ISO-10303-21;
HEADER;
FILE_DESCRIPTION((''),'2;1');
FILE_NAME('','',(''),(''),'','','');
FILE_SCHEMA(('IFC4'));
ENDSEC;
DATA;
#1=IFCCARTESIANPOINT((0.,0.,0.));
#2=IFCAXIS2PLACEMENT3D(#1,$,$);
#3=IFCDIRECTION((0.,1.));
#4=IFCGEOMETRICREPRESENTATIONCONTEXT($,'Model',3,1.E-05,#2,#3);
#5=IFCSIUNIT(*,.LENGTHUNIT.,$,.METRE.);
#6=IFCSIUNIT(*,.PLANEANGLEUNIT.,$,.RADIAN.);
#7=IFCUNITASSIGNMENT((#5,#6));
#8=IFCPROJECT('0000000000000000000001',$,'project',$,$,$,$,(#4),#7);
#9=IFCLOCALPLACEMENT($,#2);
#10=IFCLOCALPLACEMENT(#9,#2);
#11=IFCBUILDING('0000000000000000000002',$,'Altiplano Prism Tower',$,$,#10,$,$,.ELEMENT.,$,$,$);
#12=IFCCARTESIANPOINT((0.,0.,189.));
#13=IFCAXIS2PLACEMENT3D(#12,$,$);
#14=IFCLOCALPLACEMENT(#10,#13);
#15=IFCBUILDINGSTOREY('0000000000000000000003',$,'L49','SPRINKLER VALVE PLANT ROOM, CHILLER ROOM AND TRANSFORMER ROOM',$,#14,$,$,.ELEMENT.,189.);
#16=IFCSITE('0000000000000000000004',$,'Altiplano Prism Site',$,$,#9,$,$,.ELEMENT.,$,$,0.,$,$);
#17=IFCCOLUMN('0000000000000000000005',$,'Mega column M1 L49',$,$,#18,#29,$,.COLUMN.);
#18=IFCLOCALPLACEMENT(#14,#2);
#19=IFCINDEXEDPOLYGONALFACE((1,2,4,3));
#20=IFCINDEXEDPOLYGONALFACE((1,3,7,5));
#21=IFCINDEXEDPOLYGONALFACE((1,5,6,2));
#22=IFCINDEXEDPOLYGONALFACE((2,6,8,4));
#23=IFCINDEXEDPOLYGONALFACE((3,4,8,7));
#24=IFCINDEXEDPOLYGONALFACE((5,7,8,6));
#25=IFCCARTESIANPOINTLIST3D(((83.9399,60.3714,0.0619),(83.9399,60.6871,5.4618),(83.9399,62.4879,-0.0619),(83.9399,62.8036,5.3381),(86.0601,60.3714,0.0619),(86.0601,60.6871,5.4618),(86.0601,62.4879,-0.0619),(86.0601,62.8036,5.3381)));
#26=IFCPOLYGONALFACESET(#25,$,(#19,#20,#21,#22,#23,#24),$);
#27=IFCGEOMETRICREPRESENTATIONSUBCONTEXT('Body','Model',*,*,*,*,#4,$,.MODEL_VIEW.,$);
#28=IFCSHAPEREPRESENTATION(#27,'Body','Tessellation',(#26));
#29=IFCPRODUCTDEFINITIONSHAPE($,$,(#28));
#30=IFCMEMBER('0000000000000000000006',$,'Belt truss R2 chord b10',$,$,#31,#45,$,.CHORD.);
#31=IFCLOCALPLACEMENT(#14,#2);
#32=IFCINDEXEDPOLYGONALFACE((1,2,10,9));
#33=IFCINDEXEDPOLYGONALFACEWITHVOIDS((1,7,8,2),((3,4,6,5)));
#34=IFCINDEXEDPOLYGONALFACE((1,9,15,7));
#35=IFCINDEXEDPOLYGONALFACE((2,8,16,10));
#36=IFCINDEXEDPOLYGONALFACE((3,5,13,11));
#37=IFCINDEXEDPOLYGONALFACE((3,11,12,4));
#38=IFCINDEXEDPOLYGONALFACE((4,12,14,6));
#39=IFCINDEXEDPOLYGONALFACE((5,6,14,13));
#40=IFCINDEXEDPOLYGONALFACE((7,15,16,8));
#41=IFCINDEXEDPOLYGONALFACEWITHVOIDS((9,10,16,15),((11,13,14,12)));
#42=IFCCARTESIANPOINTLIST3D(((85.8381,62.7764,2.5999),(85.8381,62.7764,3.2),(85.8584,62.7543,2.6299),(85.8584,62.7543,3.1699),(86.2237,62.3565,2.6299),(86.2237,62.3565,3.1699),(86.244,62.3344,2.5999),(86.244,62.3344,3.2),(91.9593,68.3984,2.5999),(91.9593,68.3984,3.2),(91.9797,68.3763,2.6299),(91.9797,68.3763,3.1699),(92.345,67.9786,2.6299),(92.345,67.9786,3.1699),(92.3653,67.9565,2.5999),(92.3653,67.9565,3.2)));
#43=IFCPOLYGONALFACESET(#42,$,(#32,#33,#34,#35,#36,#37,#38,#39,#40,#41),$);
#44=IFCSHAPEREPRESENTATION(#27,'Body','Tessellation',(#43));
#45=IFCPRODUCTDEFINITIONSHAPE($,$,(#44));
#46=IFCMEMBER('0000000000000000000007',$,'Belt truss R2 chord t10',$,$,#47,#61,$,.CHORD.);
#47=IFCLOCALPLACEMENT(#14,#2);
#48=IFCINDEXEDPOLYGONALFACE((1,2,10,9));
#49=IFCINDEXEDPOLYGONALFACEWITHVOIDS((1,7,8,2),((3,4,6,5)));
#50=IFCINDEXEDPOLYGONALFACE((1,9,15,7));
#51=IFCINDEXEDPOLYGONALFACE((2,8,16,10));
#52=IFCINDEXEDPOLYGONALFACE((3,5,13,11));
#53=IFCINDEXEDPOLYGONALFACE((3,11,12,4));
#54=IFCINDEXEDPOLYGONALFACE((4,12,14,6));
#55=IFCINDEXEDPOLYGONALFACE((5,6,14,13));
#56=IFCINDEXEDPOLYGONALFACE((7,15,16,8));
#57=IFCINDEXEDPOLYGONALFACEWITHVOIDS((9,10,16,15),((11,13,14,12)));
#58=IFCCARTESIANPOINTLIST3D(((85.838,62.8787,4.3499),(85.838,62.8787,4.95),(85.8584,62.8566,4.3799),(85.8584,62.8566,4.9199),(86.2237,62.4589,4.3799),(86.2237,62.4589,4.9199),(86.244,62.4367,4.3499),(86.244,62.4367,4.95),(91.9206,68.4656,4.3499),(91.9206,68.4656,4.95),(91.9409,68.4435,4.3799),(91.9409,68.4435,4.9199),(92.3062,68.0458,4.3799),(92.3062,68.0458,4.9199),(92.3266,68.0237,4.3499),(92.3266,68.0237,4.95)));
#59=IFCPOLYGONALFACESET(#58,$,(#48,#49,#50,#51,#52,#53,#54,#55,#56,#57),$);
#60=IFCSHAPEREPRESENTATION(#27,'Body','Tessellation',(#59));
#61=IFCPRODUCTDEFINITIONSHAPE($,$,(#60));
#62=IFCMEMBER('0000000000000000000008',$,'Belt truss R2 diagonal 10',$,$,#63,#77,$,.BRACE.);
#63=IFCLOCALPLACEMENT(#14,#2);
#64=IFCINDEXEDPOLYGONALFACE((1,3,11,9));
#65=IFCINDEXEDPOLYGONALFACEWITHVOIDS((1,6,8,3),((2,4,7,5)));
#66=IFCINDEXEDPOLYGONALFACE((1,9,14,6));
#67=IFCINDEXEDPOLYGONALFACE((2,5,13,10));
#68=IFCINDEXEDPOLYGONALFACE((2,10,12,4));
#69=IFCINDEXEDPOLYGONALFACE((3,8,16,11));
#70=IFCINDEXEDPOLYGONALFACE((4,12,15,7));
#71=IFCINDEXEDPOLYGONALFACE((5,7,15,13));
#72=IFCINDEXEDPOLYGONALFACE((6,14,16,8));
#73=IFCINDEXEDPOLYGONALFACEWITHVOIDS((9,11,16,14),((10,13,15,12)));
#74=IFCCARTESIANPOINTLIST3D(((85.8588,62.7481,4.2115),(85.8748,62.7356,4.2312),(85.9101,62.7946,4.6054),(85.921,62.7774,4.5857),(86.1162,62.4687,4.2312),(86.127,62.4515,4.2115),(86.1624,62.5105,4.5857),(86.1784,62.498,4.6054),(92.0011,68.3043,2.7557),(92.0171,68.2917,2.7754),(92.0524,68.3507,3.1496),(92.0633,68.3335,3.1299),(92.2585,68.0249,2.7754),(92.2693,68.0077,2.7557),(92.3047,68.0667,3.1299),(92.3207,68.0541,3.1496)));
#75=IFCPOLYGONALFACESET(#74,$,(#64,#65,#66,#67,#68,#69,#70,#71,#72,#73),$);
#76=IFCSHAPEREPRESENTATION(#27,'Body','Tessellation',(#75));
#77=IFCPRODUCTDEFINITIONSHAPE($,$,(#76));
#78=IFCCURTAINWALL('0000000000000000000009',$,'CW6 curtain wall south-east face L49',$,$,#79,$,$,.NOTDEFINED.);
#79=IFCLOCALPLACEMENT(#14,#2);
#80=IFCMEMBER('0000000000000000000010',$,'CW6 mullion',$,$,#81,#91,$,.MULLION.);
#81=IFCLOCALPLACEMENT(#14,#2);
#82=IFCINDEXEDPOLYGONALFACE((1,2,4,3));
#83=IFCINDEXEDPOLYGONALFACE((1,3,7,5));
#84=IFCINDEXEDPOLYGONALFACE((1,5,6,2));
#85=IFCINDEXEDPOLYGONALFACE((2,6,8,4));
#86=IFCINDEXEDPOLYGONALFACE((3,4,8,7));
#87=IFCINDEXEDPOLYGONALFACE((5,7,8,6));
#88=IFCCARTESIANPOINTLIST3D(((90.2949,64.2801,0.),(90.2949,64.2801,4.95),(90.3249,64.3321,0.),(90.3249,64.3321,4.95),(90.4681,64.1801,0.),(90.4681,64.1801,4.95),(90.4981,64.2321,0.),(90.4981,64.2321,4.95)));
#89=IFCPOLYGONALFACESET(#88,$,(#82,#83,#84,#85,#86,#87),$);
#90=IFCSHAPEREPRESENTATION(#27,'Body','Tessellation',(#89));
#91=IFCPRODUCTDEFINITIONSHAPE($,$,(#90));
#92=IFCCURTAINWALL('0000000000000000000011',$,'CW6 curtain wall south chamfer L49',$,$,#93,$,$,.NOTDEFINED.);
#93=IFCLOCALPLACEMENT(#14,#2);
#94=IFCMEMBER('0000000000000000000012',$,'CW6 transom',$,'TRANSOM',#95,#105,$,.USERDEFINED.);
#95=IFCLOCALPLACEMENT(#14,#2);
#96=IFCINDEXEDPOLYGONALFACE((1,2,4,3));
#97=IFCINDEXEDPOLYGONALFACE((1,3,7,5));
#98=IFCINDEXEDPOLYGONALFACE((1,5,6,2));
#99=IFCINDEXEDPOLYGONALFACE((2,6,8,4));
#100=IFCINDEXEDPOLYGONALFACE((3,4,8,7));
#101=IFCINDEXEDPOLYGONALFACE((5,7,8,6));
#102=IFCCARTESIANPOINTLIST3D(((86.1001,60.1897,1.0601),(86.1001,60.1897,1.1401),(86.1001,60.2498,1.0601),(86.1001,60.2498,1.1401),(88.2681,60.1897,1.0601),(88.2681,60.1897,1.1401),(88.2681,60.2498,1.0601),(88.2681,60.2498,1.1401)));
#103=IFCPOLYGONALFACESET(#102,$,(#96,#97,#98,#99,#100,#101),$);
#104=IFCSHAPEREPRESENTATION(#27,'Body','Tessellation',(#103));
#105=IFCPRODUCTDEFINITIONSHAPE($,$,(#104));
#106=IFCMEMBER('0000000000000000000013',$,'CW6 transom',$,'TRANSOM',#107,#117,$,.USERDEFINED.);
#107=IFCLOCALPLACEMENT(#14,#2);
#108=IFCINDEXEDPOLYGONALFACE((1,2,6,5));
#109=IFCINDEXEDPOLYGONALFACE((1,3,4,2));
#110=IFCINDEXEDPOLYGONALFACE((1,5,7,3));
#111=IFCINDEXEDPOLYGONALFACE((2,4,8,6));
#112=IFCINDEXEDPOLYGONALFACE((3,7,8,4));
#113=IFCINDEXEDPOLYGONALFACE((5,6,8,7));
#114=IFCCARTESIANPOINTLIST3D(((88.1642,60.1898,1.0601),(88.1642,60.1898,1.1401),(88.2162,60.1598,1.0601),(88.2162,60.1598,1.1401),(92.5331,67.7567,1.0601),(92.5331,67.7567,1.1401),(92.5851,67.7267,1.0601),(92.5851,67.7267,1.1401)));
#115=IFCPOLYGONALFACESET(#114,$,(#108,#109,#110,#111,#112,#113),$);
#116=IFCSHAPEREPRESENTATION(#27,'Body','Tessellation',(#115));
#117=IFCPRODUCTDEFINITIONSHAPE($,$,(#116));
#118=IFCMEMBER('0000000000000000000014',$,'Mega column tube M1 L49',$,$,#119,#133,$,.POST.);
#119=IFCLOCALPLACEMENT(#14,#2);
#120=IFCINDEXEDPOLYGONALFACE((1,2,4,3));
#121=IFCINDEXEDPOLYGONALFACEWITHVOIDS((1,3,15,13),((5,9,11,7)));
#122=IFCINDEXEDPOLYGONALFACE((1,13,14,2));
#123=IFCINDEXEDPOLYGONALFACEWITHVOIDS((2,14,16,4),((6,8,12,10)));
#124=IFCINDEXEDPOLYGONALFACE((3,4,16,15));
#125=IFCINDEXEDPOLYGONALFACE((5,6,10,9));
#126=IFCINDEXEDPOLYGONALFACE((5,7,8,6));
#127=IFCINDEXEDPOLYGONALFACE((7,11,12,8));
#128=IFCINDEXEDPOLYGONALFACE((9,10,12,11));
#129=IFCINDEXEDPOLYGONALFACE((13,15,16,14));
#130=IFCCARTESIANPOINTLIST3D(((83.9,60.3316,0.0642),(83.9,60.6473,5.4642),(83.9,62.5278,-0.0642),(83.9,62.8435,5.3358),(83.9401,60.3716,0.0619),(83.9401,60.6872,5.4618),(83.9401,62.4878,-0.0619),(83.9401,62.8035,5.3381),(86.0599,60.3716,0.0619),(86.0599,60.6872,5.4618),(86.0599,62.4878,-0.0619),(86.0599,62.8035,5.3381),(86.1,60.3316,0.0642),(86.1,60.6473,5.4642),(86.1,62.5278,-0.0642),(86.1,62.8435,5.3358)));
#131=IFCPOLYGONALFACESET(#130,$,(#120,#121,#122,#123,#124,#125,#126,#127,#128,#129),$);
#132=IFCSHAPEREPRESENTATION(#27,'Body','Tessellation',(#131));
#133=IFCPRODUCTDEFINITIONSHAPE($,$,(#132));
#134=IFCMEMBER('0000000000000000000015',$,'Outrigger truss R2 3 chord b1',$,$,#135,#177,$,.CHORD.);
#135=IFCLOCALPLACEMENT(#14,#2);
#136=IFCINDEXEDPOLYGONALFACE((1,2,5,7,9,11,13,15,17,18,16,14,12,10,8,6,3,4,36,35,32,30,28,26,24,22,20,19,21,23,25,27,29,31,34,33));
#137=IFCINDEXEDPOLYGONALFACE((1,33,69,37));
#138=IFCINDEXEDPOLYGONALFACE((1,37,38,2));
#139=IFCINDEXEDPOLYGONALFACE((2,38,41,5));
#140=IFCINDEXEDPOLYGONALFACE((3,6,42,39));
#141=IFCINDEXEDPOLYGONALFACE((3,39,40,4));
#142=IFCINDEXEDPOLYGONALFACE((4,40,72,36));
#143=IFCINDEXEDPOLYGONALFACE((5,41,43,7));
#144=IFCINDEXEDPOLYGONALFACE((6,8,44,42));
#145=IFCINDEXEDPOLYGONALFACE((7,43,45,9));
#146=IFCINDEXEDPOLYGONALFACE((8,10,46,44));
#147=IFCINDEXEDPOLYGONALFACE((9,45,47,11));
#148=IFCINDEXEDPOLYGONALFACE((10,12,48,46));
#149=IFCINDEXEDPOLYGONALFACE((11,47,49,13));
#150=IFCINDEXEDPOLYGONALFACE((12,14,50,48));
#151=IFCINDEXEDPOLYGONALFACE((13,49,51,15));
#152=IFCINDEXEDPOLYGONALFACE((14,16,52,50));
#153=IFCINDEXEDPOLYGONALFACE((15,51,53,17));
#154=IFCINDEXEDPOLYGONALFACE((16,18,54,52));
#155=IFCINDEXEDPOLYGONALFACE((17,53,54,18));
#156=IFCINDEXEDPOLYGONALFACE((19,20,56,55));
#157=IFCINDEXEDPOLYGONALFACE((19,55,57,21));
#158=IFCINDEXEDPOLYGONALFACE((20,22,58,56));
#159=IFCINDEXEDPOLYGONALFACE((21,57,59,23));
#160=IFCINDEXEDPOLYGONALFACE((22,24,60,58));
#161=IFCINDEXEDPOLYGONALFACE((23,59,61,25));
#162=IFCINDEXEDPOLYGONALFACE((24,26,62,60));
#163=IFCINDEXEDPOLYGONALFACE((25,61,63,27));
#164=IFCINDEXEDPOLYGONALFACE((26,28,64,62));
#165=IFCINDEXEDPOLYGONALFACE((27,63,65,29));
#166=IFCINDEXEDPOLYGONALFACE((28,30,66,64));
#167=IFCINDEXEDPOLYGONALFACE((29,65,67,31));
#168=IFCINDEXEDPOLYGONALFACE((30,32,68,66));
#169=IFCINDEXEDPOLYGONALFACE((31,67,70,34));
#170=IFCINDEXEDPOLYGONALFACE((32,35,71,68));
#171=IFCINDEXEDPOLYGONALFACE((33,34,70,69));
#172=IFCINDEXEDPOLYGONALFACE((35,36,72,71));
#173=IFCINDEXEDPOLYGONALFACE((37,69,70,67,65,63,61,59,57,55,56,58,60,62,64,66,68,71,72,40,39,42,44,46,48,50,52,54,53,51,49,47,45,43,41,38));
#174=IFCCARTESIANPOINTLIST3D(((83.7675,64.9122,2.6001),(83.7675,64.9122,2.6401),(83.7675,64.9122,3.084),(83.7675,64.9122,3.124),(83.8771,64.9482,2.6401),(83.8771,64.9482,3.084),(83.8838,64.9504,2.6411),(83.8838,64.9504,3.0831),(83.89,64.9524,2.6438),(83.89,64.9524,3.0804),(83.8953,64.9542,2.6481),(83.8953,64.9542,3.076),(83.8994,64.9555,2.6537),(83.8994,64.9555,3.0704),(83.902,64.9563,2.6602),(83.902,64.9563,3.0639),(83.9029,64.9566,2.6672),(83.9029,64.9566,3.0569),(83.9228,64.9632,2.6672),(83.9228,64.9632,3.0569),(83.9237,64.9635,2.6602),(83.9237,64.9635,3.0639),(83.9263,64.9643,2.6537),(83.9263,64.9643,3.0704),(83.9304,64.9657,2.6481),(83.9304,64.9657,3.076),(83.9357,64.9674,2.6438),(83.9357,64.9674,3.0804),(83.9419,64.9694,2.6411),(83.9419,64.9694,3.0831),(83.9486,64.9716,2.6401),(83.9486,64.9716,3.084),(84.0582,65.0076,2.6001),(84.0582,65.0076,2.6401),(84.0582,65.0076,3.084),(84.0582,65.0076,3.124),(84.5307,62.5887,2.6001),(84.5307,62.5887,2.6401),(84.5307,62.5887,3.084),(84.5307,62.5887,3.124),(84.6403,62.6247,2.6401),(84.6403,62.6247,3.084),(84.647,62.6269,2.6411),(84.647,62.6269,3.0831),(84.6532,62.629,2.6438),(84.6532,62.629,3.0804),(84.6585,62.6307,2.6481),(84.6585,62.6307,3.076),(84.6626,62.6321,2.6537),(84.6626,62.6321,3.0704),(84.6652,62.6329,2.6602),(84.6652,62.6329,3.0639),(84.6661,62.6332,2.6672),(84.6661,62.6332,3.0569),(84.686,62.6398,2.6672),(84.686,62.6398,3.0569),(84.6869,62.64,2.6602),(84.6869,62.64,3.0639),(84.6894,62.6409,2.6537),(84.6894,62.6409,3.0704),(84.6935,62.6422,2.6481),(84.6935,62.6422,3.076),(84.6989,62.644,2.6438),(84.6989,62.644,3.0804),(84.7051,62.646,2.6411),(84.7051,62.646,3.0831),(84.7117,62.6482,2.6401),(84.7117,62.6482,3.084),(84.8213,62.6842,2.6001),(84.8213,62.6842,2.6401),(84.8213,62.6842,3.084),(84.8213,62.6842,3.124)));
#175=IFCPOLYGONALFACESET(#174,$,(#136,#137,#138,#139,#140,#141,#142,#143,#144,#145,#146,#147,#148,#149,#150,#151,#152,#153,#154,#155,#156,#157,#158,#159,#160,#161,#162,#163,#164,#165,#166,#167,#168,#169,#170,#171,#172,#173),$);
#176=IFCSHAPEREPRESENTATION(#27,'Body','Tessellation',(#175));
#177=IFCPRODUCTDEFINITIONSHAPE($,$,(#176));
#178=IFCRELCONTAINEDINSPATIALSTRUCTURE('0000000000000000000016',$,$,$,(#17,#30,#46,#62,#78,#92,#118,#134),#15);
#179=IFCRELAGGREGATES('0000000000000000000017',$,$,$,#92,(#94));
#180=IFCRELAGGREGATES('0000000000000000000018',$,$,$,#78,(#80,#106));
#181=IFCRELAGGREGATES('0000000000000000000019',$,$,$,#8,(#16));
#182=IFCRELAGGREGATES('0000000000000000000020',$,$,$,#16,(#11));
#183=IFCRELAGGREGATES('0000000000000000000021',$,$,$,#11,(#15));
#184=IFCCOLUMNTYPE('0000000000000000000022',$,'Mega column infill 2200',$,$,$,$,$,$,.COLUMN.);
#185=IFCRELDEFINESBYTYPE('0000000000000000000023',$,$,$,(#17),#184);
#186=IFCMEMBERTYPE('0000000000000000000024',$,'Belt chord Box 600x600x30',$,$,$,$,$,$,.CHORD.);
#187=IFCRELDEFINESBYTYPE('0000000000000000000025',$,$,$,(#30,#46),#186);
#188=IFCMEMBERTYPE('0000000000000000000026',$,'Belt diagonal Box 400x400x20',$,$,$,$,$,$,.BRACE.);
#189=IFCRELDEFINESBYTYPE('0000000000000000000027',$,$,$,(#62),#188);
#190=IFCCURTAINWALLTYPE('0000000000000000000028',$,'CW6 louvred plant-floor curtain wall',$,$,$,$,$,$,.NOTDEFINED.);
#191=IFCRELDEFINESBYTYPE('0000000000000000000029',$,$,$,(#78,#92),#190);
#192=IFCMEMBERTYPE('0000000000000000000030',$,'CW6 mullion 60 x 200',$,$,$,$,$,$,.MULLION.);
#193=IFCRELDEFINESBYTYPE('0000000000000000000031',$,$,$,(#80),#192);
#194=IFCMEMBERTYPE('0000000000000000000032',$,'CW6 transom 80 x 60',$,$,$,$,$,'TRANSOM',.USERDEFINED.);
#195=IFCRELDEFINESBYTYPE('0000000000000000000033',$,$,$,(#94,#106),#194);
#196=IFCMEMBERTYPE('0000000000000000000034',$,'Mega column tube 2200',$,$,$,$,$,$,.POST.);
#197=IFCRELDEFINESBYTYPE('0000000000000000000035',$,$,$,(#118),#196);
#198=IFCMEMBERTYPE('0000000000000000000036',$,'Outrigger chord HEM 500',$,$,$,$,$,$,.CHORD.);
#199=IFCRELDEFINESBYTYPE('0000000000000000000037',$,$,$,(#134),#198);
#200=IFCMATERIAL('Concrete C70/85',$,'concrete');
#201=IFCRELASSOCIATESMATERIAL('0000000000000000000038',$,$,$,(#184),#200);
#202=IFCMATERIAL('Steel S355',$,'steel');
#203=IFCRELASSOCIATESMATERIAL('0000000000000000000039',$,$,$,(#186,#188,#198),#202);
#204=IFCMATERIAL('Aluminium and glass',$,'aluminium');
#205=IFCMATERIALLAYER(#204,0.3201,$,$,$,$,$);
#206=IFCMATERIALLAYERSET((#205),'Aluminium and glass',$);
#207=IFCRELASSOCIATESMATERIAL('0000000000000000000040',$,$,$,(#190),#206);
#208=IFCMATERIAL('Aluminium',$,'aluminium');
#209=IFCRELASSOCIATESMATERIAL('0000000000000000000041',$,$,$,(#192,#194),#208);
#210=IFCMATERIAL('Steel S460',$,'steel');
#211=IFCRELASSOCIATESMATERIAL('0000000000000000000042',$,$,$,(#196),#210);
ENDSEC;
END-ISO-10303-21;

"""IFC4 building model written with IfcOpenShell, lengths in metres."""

from ifc_helpers import new_model, si_unit, direction, frame, origin, origin_2d, place, context, subcontext, project, spatial, rectangle, hollow_rectangle, i_section, extrude, material, layer, layer_set, material_profile, profile_set, type_object, element, aggregate, save


model = new_model("IFC4")

# Units and contexts
model_context = context("Model", 3, precision=1e-05, world=origin(), true_north=direction((0.0, 1.0)))
body_context = subcontext(model_context, "Body", "Model", "MODEL_VIEW")
ifc_project = project(units=[si_unit("LENGTHUNIT", "METRE"), si_unit("PLANEANGLEUNIT", "RADIAN")], contexts=[model_context])

# Site, building, storey
site_placement = place(None, origin())
site = spatial("IfcSite", under=ifc_project, at=site_placement, Name="Altiplano Prism Site", CompositionType="ELEMENT", RefElevation=0.0)
building_placement = place(site_placement, origin())
building = spatial("IfcBuilding", under=site, at=building_placement, Name="Altiplano Prism Tower", CompositionType="ELEMENT")
storey_placement = place(building_placement, frame((0.0, 0.0, 189.0)))
storey = spatial("IfcBuildingStorey", under=building, at=storey_placement, Name="L49", Description="SPRINKLER VALVE PLANT ROOM, CHILLER ROOM AND TRANSFORMER ROOM", CompositionType="ELEMENT", Elevation=189.0)

# Column
ifc_material_1 = material(Name="Concrete C70/85", Category="concrete")
ifc_material_profile_1 = material_profile(ifc_material_1, rectangle(XDim=2.1201, YDim=2.1201, at=origin_2d()), Name="Mega column infill 2200")
ifc_profile_set_1 = profile_set([ifc_material_profile_1], Name="Concrete C70/85")
column_type = type_object("IfcColumnType", Name="Mega column infill 2200", PredefinedType="COLUMN", material=ifc_profile_set_1)
column_placement = place(storey_placement, frame((85.0, 61.4297, 0.0), z_axis=(0.0, 0.05836, 0.998296), x_axis=(-1.0, 0.0, 0.0)))
element("IfcColumn", 1, at=column_placement, inside=storey, type_object=column_type, Name="Mega column M1 L49", PredefinedType="COLUMN", context=body_context, shape_type="SweptSolid", body=[
    extrude(rectangle(XDim=2.1201, YDim=2.1201, at=origin_2d()), origin(), (0.0, 0.0, 1.0), 5.4092),
])

# Members
ifc_material_2 = material(Name="Steel S355", Category="steel")
ifc_material_profile_2 = material_profile(ifc_material_2, hollow_rectangle(XDim=0.6001, YDim=0.6001, WallThickness=0.03, at=origin_2d()), Name="Belt chord Box 600x600x30")
ifc_profile_set_2 = profile_set([ifc_material_profile_2], Name="Steel S355")
member_type_1 = type_object("IfcMemberType", Name="Belt chord Box 600x600x30", PredefinedType="CHORD", material=ifc_profile_set_2)
member_1_placement = place(storey_placement, frame((86.041, 62.5554, 2.8999), z_axis=(0.736504, 0.676433, 0.0), x_axis=(-0.676433, 0.736504, 0.0)))
element("IfcMember", 2, at=member_1_placement, inside=storey, type_object=member_type_1, Name="Belt truss R2 chord b10", PredefinedType="CHORD", context=body_context, shape_type="SweptSolid", body=[
    extrude(hollow_rectangle(XDim=0.6001, YDim=0.6001, WallThickness=0.03, at=origin_2d()), origin(), (0.0, 0.0, 1.0), 8.3113),
])
member_2_placement = place(storey_placement, frame((86.041, 62.6577, 4.6499), z_axis=(0.736474, 0.676466, 0.0), x_axis=(-0.676466, 0.736474, 0.0)))
element("IfcMember", 3, at=member_2_placement, inside=storey, type_object=member_type_1, Name="Belt truss R2 chord t10", PredefinedType="CHORD", context=body_context, shape_type="SweptSolid", body=[
    extrude(hollow_rectangle(XDim=0.6001, YDim=0.6001, WallThickness=0.03, at=origin_2d()), origin(), (0.0, 0.0, 1.0), 8.259),
])
ifc_material_profile_3 = material_profile(ifc_material_2, hollow_rectangle(XDim=0.3999, YDim=0.3999, WallThickness=0.02, at=origin_2d()), Name="Belt diagonal Box 400x400x20")
ifc_profile_set_3 = profile_set([ifc_material_profile_3], Name="Steel S355")
member_type_2 = type_object("IfcMemberType", Name="Belt diagonal Box 400x400x20", PredefinedType="BRACE", material=ifc_profile_set_3)
member_3_placement = place(storey_placement, frame((86.0186, 62.623, 4.4084), z_axis=(0.73041, 0.660705, -0.173116), x_axis=(-0.670834, 0.741608, 0.0)))
element("IfcMember", 4, at=member_3_placement, inside=storey, type_object=member_type_2, Name="Belt truss R2 diagonal 10", PredefinedType="BRACE", context=body_context, shape_type="SweptSolid", body=[
    extrude(hollow_rectangle(XDim=0.3999, YDim=0.3999, WallThickness=0.02, at=origin_2d()), origin(), (0.0, 0.0, 1.0), 8.4094),
])

# Curtain walls, members
ifc_material_3 = material(Name="Aluminium and glass", Category="aluminium")
ifc_layer_1 = layer(ifc_material_3, 0.3201)
ifc_layer_set_1 = layer_set([ifc_layer_1], Name="Aluminium and glass")
curtain_wall_type = type_object("IfcCurtainWallType", Name="CW6 louvred plant-floor curtain wall", PredefinedType="NOTDEFINED", material=ifc_layer_set_1)
curtain_wall_1_placement = place(storey_placement, origin())
curtain_wall_1 = element("IfcCurtainWall", 5, at=curtain_wall_1_placement, inside=storey, type_object=curtain_wall_type, Name="CW6 curtain wall south-east face L49", PredefinedType="NOTDEFINED")
ifc_material_4 = material(Name="Aluminium", Category="aluminium")
ifc_material_profile_4 = material_profile(ifc_material_4, rectangle(XDim=0.2, YDim=0.0601, at=origin_2d()), Name="CW6 mullion 60 x 200")
ifc_profile_set_4 = profile_set([ifc_material_profile_4], Name="Aluminium")
member_type_3 = type_object("IfcMemberType", Name="CW6 mullion 60 x 200", PredefinedType="MULLION", material=ifc_profile_set_4)
member_4_placement = place(storey_placement, frame((90.3965, 64.2561, 0.0), z_axis=(0.0, 0.0, 1.0), x_axis=(-0.866025, 0.5, 0.0)))
member_4 = element("IfcMember", 6, at=member_4_placement, type_object=member_type_3, Name="CW6 mullion", PredefinedType="MULLION", context=body_context, shape_type="SweptSolid", body=[
    extrude(rectangle(XDim=0.2, YDim=0.0601, at=origin_2d()), origin(), (0.0, 0.0, 1.0), 4.95),
])
curtain_wall_2_placement = place(storey_placement, origin())
curtain_wall_2 = element("IfcCurtainWall", 7, at=curtain_wall_2_placement, inside=storey, type_object=curtain_wall_type, Name="CW6 curtain wall south chamfer L49", PredefinedType="NOTDEFINED")
ifc_material_profile_5 = material_profile(ifc_material_4, rectangle(XDim=0.0601, YDim=0.0801, at=origin_2d()), Name="CW6 transom 80 x 60")
ifc_profile_set_5 = profile_set([ifc_material_profile_5], Name="Aluminium")
member_type_4 = type_object("IfcMemberType", Name="CW6 transom 80 x 60", ElementType="TRANSOM", PredefinedType="USERDEFINED", material=ifc_profile_set_5)
member_5_placement = place(storey_placement, frame((86.1001, 60.2197, 1.1001), z_axis=(1.0, 0.0, 0.0), x_axis=(0.0, 1.0, 0.0)))
member_5 = element("IfcMember", 8, at=member_5_placement, type_object=member_type_4, Name="CW6 transom", ObjectType="TRANSOM", PredefinedType="USERDEFINED", context=body_context, shape_type="SweptSolid", body=[
    extrude(rectangle(XDim=0.0601, YDim=0.0801, at=origin_2d()), origin(), (0.0, 0.0, 1.0), 2.168),
])

# Member
member_6_placement = place(storey_placement, frame((88.1902, 60.1748, 1.1001), z_axis=(0.500013, 0.866018, 0.0), x_axis=(-0.866018, 0.500013, 0.0)))
member_6 = element("IfcMember", 9, at=member_6_placement, type_object=member_type_4, Name="CW6 transom", ObjectType="TRANSOM", PredefinedType="USERDEFINED", context=body_context, shape_type="SweptSolid", body=[
    extrude(rectangle(XDim=0.0601, YDim=0.0801, at=origin_2d()), origin(), (0.0, 0.0, 1.0), 8.7375),
])

# Members
ifc_material_5 = material(Name="Steel S460", Category="steel")
ifc_material_profile_6 = material_profile(ifc_material_5, hollow_rectangle(XDim=2.2, YDim=2.2, WallThickness=0.04, at=origin_2d()), Name="Mega column tube 2200")
ifc_profile_set_6 = profile_set([ifc_material_profile_6], Name="Steel S460")
member_type_5 = type_object("IfcMemberType", Name="Mega column tube 2200", PredefinedType="POST", material=ifc_profile_set_6)
member_7_placement = place(storey_placement, frame((85.0, 61.4297, 0.0), z_axis=(0.0, 0.05836, 0.998296), x_axis=(-1.0, 0.0, 0.0)))
element("IfcMember", 10, at=member_7_placement, inside=storey, type_object=member_type_5, Name="Mega column tube M1 L49", PredefinedType="POST", context=body_context, shape_type="SweptSolid", body=[
    extrude(hollow_rectangle(XDim=2.2, YDim=2.2, WallThickness=0.04, at=origin_2d()), origin(), (0.0, 0.0, 1.0), 5.4092),
])
ifc_material_profile_7 = material_profile(ifc_material_2, i_section(OverallWidth=0.3059, OverallDepth=0.5239, WebThickness=0.021, FlangeThickness=0.04, FilletRadius=0.0271, at=origin_2d()), Name="Outrigger chord HEM 500")
ifc_profile_set_7 = profile_set([ifc_material_profile_7], Name="Steel S355")
member_type_6 = type_object("IfcMemberType", Name="Outrigger chord HEM 500", PredefinedType="CHORD", material=ifc_profile_set_7)
for number, where, z_axis, x_axis, name in (
    (11, (84.676, 62.6365, 2.8621), (-0.312062, 0.950062, 0.0), (-0.950062, -0.312062, 0.0), "Outrigger truss R2 3 chord b1"),
):
    element("IfcMember", number, at=place(storey_placement, frame(where, z_axis=z_axis, x_axis=x_axis)), inside=storey, type_object=member_type_6, Name=name, PredefinedType="CHORD", context=body_context, shape_type="SweptSolid", body=[
        extrude(i_section(OverallWidth=0.3059, OverallDepth=0.5239, WebThickness=0.021, FlangeThickness=0.04, FilletRadius=0.0271, at=origin_2d()), origin(), (0.0, 0.0, 1.0), 2.4456),
    ])

aggregate(curtain_wall_2, [member_5])
aggregate(curtain_wall_1, [member_4, member_6])

save(model, "model.ifc")
